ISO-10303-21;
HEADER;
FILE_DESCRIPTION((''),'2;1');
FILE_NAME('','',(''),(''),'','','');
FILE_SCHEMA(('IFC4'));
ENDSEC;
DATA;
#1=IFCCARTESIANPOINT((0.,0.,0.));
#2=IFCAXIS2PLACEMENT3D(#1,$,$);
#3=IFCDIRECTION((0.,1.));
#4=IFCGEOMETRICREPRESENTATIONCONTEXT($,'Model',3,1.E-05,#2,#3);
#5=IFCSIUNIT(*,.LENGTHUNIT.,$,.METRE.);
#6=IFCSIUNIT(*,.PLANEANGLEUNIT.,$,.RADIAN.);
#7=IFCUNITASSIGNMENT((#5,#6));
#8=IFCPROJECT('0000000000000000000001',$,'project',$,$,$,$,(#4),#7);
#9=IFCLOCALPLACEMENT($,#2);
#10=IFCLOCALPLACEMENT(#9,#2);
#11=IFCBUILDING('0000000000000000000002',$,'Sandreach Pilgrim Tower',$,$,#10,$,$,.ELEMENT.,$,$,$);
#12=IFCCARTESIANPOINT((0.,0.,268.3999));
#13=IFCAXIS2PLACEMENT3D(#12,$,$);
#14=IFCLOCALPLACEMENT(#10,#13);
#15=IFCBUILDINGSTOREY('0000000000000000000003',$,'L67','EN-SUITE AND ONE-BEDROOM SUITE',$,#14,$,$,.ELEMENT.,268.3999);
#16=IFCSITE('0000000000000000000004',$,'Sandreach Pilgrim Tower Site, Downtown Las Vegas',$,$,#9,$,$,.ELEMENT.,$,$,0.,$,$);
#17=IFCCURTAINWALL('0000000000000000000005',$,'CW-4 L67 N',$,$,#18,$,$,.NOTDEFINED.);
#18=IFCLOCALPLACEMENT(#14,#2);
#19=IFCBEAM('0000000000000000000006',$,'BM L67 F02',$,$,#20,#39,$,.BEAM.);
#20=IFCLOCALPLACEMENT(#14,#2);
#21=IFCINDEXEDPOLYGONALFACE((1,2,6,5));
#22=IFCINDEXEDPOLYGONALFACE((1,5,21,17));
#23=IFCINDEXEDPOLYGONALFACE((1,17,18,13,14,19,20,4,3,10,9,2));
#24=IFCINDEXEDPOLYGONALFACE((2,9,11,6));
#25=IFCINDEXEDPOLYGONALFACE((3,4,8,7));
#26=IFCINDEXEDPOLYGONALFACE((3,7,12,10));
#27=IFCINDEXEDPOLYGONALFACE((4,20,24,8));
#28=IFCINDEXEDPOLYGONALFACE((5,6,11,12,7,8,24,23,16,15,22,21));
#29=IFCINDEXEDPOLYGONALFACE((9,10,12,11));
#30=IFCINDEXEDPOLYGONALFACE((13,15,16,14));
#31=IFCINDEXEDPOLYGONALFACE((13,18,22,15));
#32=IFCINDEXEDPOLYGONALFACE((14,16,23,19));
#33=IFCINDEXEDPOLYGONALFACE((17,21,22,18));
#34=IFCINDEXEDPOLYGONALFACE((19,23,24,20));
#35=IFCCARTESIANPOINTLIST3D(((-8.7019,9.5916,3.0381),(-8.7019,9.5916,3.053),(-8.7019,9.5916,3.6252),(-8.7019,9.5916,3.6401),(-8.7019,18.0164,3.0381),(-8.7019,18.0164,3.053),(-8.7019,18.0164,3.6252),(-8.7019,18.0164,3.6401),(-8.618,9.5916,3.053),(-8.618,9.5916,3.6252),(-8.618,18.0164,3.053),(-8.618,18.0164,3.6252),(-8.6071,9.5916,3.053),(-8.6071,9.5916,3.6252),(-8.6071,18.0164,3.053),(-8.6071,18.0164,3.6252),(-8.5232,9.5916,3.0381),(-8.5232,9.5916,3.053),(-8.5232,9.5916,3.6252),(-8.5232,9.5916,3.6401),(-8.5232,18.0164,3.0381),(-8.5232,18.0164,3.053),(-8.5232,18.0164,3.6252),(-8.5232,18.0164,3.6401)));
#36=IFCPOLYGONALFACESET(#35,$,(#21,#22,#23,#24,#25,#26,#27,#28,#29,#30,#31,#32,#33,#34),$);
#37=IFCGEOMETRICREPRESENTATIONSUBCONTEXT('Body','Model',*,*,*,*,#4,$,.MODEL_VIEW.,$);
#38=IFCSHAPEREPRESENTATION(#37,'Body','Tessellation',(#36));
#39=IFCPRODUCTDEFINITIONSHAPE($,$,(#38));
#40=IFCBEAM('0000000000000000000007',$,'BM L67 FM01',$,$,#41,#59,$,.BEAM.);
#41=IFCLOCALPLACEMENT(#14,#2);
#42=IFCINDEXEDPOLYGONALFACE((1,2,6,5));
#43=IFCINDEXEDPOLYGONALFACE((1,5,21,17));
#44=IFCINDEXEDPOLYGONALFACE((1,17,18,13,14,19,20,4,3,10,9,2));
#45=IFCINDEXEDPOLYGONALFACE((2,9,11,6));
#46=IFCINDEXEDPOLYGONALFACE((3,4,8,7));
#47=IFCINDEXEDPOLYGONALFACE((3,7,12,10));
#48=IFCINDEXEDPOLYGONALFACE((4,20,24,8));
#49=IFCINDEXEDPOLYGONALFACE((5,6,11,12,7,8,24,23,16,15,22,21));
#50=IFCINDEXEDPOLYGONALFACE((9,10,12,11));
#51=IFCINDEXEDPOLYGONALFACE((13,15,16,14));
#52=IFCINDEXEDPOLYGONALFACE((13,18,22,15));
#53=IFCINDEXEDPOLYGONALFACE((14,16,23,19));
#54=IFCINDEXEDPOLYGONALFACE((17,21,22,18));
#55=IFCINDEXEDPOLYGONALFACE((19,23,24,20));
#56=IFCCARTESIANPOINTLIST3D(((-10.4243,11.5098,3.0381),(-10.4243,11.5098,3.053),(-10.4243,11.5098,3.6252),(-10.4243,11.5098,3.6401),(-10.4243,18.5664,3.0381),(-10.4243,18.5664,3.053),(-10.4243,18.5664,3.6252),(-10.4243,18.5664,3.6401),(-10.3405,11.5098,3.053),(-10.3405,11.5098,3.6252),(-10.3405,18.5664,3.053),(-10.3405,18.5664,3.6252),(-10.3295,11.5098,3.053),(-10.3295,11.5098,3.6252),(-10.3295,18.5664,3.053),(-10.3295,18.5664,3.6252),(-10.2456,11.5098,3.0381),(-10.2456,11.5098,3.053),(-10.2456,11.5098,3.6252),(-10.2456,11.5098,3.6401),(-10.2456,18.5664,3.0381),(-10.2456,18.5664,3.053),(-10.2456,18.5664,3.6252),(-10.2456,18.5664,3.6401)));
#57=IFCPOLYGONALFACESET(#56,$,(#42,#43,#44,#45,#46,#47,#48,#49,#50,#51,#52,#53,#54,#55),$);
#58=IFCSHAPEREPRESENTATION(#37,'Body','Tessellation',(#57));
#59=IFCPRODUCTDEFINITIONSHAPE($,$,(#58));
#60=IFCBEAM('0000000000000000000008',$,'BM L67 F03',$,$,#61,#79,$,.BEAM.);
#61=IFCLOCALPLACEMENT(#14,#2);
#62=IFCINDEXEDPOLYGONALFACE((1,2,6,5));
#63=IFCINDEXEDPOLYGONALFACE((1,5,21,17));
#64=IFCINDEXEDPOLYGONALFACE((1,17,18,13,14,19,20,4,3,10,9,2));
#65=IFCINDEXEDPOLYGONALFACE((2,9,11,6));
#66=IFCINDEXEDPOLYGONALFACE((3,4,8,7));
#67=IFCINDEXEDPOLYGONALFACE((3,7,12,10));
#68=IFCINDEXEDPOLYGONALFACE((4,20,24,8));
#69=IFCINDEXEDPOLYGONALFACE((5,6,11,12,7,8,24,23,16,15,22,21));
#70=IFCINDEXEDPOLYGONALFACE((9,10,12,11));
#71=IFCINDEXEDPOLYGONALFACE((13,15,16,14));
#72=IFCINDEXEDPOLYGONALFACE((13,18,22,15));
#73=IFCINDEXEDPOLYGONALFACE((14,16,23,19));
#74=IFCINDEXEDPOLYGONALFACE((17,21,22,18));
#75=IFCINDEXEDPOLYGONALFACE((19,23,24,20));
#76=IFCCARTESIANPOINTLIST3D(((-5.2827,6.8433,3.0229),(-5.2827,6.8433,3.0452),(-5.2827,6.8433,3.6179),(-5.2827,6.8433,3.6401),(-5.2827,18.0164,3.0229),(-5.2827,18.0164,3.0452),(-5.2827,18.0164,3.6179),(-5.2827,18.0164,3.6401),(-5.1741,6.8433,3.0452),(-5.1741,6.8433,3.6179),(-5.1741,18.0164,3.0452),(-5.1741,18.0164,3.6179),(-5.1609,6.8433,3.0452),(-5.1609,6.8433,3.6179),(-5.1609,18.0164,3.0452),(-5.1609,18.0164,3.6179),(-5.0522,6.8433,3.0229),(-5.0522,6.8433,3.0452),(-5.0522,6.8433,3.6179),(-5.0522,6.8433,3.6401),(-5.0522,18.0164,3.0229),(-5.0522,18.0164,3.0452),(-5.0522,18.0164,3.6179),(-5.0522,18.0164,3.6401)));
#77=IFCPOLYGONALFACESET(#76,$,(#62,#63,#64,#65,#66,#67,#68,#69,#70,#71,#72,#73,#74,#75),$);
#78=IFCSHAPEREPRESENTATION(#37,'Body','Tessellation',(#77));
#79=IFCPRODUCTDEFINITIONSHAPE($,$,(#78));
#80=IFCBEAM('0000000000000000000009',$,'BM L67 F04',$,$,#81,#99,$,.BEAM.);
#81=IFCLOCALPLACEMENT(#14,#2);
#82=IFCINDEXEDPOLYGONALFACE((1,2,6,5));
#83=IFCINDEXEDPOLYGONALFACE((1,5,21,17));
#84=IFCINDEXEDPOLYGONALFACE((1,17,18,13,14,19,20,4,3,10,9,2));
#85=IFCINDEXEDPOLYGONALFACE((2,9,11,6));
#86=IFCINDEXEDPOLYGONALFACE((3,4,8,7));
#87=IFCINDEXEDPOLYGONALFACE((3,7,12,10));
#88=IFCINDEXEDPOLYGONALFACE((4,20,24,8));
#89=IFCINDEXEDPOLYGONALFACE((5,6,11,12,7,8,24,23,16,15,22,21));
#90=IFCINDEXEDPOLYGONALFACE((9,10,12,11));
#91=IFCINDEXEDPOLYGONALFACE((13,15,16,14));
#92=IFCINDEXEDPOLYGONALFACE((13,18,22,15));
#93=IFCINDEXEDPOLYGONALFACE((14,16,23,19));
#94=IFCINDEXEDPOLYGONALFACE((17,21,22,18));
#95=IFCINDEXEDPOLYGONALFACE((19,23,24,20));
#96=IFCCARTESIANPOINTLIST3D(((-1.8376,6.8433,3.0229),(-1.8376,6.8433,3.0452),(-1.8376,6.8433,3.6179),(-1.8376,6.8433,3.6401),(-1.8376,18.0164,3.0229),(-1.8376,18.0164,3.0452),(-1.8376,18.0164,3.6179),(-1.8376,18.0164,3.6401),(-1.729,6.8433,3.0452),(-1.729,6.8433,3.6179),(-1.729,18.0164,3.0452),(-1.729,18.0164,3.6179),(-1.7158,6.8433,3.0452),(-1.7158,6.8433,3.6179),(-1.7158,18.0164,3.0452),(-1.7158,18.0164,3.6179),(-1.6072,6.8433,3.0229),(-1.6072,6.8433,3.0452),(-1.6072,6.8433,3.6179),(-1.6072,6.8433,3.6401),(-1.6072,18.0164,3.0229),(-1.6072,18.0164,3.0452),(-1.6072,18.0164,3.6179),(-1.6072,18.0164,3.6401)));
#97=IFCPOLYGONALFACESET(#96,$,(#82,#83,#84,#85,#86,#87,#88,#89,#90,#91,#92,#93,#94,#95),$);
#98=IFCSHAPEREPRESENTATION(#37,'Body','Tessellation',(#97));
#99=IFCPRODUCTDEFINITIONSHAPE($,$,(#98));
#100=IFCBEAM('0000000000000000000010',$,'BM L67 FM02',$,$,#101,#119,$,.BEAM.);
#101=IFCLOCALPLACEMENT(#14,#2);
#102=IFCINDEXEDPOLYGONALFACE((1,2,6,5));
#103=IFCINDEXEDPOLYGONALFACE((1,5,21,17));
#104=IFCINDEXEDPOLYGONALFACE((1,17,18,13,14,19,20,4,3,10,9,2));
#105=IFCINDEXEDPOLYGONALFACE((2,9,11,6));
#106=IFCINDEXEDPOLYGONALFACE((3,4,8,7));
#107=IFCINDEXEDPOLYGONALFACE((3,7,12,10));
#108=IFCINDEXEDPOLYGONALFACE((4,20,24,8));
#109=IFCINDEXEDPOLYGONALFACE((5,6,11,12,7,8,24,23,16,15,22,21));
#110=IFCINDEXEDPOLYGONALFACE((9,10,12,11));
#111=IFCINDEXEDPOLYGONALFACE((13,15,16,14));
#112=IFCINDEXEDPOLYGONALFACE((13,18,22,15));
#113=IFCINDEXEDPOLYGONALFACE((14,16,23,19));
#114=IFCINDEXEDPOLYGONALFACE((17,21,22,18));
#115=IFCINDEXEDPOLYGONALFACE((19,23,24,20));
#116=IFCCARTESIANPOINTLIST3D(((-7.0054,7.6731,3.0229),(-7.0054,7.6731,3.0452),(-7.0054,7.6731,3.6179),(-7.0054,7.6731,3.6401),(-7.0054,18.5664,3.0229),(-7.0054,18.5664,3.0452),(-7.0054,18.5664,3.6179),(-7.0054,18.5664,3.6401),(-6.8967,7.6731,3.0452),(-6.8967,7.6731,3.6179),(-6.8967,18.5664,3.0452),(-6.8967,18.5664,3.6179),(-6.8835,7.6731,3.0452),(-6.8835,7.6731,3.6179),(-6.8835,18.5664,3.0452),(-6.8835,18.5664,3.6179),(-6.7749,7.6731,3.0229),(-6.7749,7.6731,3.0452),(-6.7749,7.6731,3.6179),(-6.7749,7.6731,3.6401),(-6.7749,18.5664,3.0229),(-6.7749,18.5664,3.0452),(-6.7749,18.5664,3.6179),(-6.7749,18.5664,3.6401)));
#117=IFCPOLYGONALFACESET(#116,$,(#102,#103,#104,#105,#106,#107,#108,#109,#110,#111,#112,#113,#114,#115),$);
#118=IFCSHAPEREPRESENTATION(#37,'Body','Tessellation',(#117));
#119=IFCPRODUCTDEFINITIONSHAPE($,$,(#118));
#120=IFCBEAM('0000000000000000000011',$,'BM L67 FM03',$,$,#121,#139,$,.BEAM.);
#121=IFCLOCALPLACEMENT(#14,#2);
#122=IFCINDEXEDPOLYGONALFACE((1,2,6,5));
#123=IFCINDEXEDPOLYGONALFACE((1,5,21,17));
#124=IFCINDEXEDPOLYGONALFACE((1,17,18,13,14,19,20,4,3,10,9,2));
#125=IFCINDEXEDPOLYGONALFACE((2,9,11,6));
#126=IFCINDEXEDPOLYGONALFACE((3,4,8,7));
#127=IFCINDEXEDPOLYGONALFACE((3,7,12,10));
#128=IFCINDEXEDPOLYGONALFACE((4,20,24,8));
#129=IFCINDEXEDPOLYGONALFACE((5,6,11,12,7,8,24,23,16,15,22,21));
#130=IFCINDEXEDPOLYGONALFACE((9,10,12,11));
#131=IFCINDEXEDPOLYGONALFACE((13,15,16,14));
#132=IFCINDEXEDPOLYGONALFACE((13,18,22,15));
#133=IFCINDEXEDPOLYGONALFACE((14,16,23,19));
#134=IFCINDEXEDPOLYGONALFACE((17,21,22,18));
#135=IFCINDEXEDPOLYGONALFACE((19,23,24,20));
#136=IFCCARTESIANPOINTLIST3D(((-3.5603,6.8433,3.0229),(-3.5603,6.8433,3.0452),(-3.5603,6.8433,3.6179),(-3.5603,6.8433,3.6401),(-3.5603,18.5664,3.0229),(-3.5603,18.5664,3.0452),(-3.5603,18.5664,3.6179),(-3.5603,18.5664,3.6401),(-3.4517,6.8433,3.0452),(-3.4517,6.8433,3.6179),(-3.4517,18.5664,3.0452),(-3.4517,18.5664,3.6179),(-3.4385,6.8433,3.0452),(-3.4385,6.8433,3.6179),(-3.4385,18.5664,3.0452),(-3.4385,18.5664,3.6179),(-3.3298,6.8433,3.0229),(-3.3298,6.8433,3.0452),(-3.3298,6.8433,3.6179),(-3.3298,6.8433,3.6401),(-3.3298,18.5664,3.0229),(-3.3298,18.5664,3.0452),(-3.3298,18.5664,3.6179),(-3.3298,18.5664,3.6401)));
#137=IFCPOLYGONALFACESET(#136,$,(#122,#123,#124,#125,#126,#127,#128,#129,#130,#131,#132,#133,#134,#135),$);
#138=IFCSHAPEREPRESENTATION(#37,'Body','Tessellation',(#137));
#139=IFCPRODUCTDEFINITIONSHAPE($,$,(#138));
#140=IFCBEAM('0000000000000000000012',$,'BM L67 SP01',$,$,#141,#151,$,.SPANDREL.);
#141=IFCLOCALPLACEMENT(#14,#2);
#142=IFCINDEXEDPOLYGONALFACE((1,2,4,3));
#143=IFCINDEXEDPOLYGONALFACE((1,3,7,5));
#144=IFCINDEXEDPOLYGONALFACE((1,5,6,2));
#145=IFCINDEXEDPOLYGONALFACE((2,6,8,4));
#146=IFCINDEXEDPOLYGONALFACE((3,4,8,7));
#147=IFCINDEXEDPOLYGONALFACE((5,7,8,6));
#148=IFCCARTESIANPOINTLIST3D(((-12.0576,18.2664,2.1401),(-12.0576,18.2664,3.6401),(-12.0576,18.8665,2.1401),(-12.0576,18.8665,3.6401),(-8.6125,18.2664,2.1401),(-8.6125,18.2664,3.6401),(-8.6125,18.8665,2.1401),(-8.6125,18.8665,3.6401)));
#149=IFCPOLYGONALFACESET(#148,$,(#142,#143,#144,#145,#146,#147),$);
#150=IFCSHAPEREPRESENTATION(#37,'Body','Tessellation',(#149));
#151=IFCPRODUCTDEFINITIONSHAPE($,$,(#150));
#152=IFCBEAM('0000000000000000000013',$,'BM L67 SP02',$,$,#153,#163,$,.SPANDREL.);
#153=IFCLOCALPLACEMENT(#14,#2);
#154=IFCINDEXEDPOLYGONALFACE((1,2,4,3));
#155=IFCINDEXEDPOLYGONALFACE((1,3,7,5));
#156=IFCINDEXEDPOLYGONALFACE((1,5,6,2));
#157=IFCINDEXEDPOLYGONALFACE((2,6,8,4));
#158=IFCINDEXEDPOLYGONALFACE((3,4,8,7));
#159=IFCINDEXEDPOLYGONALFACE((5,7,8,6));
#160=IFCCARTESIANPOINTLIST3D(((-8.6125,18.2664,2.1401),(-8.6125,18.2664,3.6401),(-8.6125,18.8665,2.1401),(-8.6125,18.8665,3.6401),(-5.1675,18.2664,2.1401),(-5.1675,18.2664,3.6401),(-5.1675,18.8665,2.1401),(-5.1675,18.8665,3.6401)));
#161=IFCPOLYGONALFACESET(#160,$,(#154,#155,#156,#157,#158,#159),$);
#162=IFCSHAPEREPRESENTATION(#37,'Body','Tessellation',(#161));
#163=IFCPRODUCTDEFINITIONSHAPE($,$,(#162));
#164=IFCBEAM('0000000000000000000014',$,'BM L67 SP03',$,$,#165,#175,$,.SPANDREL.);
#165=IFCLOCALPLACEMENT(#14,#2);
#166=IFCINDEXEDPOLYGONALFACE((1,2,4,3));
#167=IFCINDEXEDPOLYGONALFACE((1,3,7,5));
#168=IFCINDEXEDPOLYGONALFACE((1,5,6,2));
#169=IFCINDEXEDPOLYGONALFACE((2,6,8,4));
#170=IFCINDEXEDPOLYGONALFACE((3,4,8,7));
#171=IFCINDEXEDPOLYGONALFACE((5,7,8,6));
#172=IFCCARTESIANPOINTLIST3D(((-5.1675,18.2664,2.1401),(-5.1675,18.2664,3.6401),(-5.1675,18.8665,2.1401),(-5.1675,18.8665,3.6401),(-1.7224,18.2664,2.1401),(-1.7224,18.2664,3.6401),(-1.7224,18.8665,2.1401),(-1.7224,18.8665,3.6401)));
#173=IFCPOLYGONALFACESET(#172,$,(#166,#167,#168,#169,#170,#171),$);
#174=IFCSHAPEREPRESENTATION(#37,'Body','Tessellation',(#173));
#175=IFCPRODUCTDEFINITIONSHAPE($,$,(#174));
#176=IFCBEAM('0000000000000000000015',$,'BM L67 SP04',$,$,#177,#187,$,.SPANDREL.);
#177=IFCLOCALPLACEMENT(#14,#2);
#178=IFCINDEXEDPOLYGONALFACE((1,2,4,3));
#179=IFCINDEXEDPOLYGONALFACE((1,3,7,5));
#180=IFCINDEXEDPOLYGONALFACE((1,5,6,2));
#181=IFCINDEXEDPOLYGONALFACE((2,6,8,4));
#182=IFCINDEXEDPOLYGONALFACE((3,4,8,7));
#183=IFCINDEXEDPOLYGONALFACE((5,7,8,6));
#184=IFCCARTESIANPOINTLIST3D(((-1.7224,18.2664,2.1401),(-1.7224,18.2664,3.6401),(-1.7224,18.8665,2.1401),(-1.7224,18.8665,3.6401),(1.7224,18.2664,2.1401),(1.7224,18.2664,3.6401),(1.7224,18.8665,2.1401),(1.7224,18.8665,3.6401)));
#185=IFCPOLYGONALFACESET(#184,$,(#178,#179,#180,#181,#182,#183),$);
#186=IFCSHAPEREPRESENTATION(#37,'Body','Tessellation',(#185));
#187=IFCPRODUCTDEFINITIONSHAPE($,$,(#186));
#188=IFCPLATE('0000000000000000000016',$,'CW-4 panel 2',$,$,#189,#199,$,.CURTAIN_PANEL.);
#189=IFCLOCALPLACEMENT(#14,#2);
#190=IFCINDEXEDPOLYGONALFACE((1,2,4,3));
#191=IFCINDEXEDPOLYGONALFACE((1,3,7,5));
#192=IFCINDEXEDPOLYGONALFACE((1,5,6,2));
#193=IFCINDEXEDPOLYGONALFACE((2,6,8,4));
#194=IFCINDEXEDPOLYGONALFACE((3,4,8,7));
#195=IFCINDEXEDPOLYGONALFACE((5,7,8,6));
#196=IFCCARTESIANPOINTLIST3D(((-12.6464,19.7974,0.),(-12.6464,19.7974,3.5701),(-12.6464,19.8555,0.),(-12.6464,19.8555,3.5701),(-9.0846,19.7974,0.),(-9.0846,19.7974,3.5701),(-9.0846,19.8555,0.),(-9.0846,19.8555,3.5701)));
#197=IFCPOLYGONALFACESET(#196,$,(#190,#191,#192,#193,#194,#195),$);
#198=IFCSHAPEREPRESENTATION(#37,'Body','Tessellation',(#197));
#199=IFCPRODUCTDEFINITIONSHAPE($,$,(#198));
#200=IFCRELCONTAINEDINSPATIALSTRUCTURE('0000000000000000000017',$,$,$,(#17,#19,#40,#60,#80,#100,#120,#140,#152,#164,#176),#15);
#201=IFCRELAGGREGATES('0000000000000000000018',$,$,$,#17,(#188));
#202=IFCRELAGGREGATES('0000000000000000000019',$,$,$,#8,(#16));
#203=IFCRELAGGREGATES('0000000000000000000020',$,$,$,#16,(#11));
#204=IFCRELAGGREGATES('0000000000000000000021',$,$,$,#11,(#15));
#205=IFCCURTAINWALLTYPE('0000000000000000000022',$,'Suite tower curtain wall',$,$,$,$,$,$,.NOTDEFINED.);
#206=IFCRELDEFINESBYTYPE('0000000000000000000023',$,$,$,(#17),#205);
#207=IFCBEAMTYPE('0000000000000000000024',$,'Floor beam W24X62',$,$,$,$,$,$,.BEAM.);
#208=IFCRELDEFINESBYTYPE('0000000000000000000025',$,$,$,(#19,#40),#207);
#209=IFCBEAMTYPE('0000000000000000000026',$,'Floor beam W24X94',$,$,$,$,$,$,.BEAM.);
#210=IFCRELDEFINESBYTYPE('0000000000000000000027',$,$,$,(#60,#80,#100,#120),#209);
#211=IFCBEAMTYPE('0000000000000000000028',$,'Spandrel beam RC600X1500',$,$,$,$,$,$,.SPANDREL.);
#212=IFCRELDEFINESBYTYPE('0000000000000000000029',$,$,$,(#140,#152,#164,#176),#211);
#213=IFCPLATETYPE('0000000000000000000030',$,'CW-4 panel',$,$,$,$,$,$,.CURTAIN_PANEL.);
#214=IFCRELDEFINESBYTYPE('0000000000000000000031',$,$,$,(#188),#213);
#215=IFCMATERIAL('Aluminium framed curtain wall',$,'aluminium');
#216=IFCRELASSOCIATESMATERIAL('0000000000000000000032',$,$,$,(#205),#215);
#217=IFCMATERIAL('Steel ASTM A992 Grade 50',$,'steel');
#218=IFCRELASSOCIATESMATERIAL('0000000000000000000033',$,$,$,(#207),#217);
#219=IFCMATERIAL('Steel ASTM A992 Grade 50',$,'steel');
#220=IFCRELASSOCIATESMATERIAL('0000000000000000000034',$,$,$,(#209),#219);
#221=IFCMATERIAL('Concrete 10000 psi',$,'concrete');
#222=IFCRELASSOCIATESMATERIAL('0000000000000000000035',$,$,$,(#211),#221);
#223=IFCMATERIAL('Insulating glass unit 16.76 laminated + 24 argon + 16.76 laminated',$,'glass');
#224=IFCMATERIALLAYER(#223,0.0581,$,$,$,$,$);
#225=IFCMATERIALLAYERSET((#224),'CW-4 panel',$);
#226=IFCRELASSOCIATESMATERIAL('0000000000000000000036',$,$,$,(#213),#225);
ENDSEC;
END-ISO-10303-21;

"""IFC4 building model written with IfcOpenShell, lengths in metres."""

from ifc_helpers import new_model, si_unit, direction, frame, origin, origin_2d, place, context, subcontext, project, spatial, rectangle, i_section, extrude, material, layer, layer_set, material_profile, profile_set, type_object, element, aggregate, save


model = new_model("IFC4")

# Units and contexts
model_context = context("Model", 3, precision=1e-05, world=origin(), true_north=direction((0.0, 1.0)))
body_context = subcontext(model_context, "Body", "Model", "MODEL_VIEW")
ifc_project = project(units=[si_unit("LENGTHUNIT", "METRE"), si_unit("PLANEANGLEUNIT", "RADIAN")], contexts=[model_context])

# Site, building, storey
site_placement = place(None, origin())
site = spatial("IfcSite", under=ifc_project, at=site_placement, Name="Sandreach Pilgrim Tower Site, Downtown Las Vegas", CompositionType="ELEMENT", RefElevation=0.0)
building_placement = place(site_placement, origin())
building = spatial("IfcBuilding", under=site, at=building_placement, Name="Sandreach Pilgrim Tower", CompositionType="ELEMENT")
storey_placement = place(building_placement, frame((0.0, 0.0, 268.3999)))
storey = spatial("IfcBuildingStorey", under=building, at=storey_placement, Name="L67", Description="EN-SUITE AND ONE-BEDROOM SUITE", CompositionType="ELEMENT", Elevation=268.3999)

# Curtain wall
ifc_material_1 = material(Name="Aluminium framed curtain wall", Category="aluminium")
curtain_wall_type = type_object("IfcCurtainWallType", Name="Suite tower curtain wall", PredefinedType="NOTDEFINED", material=ifc_material_1)
curtain_wall_placement = place(storey_placement, origin())
curtain_wall = element("IfcCurtainWall", 1, at=curtain_wall_placement, inside=storey, type_object=curtain_wall_type, Name="CW-4 L67 N", PredefinedType="NOTDEFINED")

# Beams
ifc_material_2 = material(Name="Steel ASTM A992 Grade 50", Category="steel")
ifc_material_profile_1 = material_profile(ifc_material_2, i_section(OverallWidth=0.1787, OverallDepth=0.6021, WebThickness=0.011, FlangeThickness=0.0149, at=origin_2d()), Name="W24X62")
ifc_profile_set_1 = profile_set([ifc_material_profile_1], Name="Steel ASTM A992 Grade 50")
beam_type_1 = type_object("IfcBeamType", Name="Floor beam W24X62", PredefinedType="BEAM", material=ifc_profile_set_1)
beam_1_placement = place(storey_placement, frame((-8.6125, 18.0164, 3.3391), z_axis=(0.0, -1.0, 0.0), x_axis=(1.0, 0.0, 0.0)))
element("IfcBeam", 2, at=beam_1_placement, inside=storey, type_object=beam_type_1, Name="BM L67 F02", PredefinedType="BEAM", context=body_context, shape_type="SweptSolid", body=[
    extrude(i_section(OverallWidth=0.1787, OverallDepth=0.6021, WebThickness=0.011, FlangeThickness=0.0149, at=origin_2d()), origin(), (0.0, 0.0, 1.0), 8.4248),
])
beam_2_placement = place(storey_placement, frame((-10.335, 18.5664, 3.3391), z_axis=(0.0, -1.0, 0.0), x_axis=(1.0, 0.0, 0.0)))
element("IfcBeam", 3, at=beam_2_placement, inside=storey, type_object=beam_type_1, Name="BM L67 FM01", PredefinedType="BEAM", context=body_context, shape_type="SweptSolid", body=[
    extrude(i_section(OverallWidth=0.1787, OverallDepth=0.6021, WebThickness=0.011, FlangeThickness=0.0149, at=origin_2d()), origin(), (0.0, 0.0, 1.0), 7.0566),
])
ifc_material_3 = material(Name="Steel ASTM A992 Grade 50", Category="steel")
ifc_material_profile_2 = material_profile(ifc_material_3, i_section(OverallWidth=0.2305, OverallDepth=0.6172, WebThickness=0.0132, FlangeThickness=0.0222, at=origin_2d()), Name="W24X94")
ifc_profile_set_2 = profile_set([ifc_material_profile_2], Name="Steel ASTM A992 Grade 50")
beam_type_2 = type_object("IfcBeamType", Name="Floor beam W24X94", PredefinedType="BEAM", material=ifc_profile_set_2)
for number, where, z_axis, x_axis, name in (
    (4, (-5.1675, 18.0164, 3.3315), (0.0, -1.0, 0.0), (1.0, 0.0, 0.0), "BM L67 F03"),
    (5, (-1.7224, 18.0164, 3.3315), (0.0, -1.0, 0.0), (1.0, 0.0, 0.0), "BM L67 F04"),
):
    element("IfcBeam", number, at=place(storey_placement, frame(where, z_axis=z_axis, x_axis=x_axis)), inside=storey, type_object=beam_type_2, Name=name, PredefinedType="BEAM", context=body_context, shape_type="SweptSolid", body=[
        extrude(i_section(OverallWidth=0.2305, OverallDepth=0.6172, WebThickness=0.0132, FlangeThickness=0.0222, at=origin_2d()), origin(), (0.0, 0.0, 1.0), 11.1731),
    ])
beam_3_placement = place(storey_placement, frame((-6.8901, 18.5664, 3.3315), z_axis=(0.0, -1.0, 0.0), x_axis=(1.0, 0.0, 0.0)))
element("IfcBeam", 6, at=beam_3_placement, inside=storey, type_object=beam_type_2, Name="BM L67 FM02", PredefinedType="BEAM", context=body_context, shape_type="SweptSolid", body=[
    extrude(i_section(OverallWidth=0.2305, OverallDepth=0.6172, WebThickness=0.0132, FlangeThickness=0.0222, at=origin_2d()), origin(), (0.0, 0.0, 1.0), 10.8933),
])
beam_4_placement = place(storey_placement, frame((-3.4451, 18.5664, 3.3315), z_axis=(0.0, -1.0, 0.0), x_axis=(1.0, 0.0, 0.0)))
element("IfcBeam", 7, at=beam_4_placement, inside=storey, type_object=beam_type_2, Name="BM L67 FM03", PredefinedType="BEAM", context=body_context, shape_type="SweptSolid", body=[
    extrude(i_section(OverallWidth=0.2305, OverallDepth=0.6172, WebThickness=0.0132, FlangeThickness=0.0222, at=origin_2d()), origin(), (0.0, 0.0, 1.0), 11.7231),
])
ifc_material_4 = material(Name="Concrete 10000 psi", Category="concrete")
ifc_material_profile_3 = material_profile(ifc_material_4, rectangle(XDim=0.6001, YDim=1.5, at=origin_2d()), Name="RC600X1500")
ifc_profile_set_3 = profile_set([ifc_material_profile_3], Name="Concrete 10000 psi")
beam_type_3 = type_object("IfcBeamType", Name="Spandrel beam RC600X1500", PredefinedType="SPANDREL", material=ifc_profile_set_3)
for number, where, z_axis, x_axis, name in (
    (8, (-12.0576, 18.5664, 2.8901), (1.0, 0.0, 0.0), (0.0, 1.0, 0.0), "BM L67 SP01"),
    (9, (-8.6125, 18.5664, 2.8901), (1.0, 0.0, 0.0), (0.0, 1.0, 0.0), "BM L67 SP02"),
    (10, (-5.1675, 18.5664, 2.8901), (1.0, 0.0, 0.0), (0.0, 1.0, 0.0), "BM L67 SP03"),
):
    element("IfcBeam", number, at=place(storey_placement, frame(where, z_axis=z_axis, x_axis=x_axis)), inside=storey, type_object=beam_type_3, Name=name, PredefinedType="SPANDREL", context=body_context, shape_type="SweptSolid", body=[
        extrude(rectangle(XDim=0.6001, YDim=1.5, at=origin_2d()), origin(), (0.0, 0.0, 1.0), 3.4451),
    ])
beam_5_placement = place(storey_placement, frame((-1.7224, 18.5664, 2.8901), z_axis=(1.0, 0.0, 0.0), x_axis=(0.0, 1.0, 0.0)))
element("IfcBeam", 11, at=beam_5_placement, inside=storey, type_object=beam_type_3, Name="BM L67 SP04", PredefinedType="SPANDREL", context=body_context, shape_type="SweptSolid", body=[
    extrude(rectangle(XDim=0.6001, YDim=1.5, at=origin_2d()), origin(), (0.0, 0.0, 1.0), 3.4448),
])

# Plate
ifc_material_5 = material(Name="Insulating glass unit 16.76 laminated + 24 argon + 16.76 laminated", Category="glass")
ifc_layer_1 = layer(ifc_material_5, 0.0581)
ifc_layer_set_1 = layer_set([ifc_layer_1], Name="CW-4 panel")
plate_type = type_object("IfcPlateType", Name="CW-4 panel", PredefinedType="CURTAIN_PANEL", material=ifc_layer_set_1)
plate_1_placement = place(storey_placement, frame((-10.8655, 19.8264, 0.0), z_axis=(0.0, 0.0, 1.0), x_axis=(1.0, 0.0, 0.0)))
plate_1 = element("IfcPlate", 12, at=plate_1_placement, type_object=plate_type, Name="CW-4 panel 2", PredefinedType="CURTAIN_PANEL", context=body_context, shape_type="SweptSolid", body=[
    extrude(rectangle(XDim=3.5618, YDim=0.0581, at=origin_2d()), origin(), (0.0, 0.0, 1.0), 3.5701),
])
aggregate(curtain_wall, [plate_1])

save(model, "model.ifc")
